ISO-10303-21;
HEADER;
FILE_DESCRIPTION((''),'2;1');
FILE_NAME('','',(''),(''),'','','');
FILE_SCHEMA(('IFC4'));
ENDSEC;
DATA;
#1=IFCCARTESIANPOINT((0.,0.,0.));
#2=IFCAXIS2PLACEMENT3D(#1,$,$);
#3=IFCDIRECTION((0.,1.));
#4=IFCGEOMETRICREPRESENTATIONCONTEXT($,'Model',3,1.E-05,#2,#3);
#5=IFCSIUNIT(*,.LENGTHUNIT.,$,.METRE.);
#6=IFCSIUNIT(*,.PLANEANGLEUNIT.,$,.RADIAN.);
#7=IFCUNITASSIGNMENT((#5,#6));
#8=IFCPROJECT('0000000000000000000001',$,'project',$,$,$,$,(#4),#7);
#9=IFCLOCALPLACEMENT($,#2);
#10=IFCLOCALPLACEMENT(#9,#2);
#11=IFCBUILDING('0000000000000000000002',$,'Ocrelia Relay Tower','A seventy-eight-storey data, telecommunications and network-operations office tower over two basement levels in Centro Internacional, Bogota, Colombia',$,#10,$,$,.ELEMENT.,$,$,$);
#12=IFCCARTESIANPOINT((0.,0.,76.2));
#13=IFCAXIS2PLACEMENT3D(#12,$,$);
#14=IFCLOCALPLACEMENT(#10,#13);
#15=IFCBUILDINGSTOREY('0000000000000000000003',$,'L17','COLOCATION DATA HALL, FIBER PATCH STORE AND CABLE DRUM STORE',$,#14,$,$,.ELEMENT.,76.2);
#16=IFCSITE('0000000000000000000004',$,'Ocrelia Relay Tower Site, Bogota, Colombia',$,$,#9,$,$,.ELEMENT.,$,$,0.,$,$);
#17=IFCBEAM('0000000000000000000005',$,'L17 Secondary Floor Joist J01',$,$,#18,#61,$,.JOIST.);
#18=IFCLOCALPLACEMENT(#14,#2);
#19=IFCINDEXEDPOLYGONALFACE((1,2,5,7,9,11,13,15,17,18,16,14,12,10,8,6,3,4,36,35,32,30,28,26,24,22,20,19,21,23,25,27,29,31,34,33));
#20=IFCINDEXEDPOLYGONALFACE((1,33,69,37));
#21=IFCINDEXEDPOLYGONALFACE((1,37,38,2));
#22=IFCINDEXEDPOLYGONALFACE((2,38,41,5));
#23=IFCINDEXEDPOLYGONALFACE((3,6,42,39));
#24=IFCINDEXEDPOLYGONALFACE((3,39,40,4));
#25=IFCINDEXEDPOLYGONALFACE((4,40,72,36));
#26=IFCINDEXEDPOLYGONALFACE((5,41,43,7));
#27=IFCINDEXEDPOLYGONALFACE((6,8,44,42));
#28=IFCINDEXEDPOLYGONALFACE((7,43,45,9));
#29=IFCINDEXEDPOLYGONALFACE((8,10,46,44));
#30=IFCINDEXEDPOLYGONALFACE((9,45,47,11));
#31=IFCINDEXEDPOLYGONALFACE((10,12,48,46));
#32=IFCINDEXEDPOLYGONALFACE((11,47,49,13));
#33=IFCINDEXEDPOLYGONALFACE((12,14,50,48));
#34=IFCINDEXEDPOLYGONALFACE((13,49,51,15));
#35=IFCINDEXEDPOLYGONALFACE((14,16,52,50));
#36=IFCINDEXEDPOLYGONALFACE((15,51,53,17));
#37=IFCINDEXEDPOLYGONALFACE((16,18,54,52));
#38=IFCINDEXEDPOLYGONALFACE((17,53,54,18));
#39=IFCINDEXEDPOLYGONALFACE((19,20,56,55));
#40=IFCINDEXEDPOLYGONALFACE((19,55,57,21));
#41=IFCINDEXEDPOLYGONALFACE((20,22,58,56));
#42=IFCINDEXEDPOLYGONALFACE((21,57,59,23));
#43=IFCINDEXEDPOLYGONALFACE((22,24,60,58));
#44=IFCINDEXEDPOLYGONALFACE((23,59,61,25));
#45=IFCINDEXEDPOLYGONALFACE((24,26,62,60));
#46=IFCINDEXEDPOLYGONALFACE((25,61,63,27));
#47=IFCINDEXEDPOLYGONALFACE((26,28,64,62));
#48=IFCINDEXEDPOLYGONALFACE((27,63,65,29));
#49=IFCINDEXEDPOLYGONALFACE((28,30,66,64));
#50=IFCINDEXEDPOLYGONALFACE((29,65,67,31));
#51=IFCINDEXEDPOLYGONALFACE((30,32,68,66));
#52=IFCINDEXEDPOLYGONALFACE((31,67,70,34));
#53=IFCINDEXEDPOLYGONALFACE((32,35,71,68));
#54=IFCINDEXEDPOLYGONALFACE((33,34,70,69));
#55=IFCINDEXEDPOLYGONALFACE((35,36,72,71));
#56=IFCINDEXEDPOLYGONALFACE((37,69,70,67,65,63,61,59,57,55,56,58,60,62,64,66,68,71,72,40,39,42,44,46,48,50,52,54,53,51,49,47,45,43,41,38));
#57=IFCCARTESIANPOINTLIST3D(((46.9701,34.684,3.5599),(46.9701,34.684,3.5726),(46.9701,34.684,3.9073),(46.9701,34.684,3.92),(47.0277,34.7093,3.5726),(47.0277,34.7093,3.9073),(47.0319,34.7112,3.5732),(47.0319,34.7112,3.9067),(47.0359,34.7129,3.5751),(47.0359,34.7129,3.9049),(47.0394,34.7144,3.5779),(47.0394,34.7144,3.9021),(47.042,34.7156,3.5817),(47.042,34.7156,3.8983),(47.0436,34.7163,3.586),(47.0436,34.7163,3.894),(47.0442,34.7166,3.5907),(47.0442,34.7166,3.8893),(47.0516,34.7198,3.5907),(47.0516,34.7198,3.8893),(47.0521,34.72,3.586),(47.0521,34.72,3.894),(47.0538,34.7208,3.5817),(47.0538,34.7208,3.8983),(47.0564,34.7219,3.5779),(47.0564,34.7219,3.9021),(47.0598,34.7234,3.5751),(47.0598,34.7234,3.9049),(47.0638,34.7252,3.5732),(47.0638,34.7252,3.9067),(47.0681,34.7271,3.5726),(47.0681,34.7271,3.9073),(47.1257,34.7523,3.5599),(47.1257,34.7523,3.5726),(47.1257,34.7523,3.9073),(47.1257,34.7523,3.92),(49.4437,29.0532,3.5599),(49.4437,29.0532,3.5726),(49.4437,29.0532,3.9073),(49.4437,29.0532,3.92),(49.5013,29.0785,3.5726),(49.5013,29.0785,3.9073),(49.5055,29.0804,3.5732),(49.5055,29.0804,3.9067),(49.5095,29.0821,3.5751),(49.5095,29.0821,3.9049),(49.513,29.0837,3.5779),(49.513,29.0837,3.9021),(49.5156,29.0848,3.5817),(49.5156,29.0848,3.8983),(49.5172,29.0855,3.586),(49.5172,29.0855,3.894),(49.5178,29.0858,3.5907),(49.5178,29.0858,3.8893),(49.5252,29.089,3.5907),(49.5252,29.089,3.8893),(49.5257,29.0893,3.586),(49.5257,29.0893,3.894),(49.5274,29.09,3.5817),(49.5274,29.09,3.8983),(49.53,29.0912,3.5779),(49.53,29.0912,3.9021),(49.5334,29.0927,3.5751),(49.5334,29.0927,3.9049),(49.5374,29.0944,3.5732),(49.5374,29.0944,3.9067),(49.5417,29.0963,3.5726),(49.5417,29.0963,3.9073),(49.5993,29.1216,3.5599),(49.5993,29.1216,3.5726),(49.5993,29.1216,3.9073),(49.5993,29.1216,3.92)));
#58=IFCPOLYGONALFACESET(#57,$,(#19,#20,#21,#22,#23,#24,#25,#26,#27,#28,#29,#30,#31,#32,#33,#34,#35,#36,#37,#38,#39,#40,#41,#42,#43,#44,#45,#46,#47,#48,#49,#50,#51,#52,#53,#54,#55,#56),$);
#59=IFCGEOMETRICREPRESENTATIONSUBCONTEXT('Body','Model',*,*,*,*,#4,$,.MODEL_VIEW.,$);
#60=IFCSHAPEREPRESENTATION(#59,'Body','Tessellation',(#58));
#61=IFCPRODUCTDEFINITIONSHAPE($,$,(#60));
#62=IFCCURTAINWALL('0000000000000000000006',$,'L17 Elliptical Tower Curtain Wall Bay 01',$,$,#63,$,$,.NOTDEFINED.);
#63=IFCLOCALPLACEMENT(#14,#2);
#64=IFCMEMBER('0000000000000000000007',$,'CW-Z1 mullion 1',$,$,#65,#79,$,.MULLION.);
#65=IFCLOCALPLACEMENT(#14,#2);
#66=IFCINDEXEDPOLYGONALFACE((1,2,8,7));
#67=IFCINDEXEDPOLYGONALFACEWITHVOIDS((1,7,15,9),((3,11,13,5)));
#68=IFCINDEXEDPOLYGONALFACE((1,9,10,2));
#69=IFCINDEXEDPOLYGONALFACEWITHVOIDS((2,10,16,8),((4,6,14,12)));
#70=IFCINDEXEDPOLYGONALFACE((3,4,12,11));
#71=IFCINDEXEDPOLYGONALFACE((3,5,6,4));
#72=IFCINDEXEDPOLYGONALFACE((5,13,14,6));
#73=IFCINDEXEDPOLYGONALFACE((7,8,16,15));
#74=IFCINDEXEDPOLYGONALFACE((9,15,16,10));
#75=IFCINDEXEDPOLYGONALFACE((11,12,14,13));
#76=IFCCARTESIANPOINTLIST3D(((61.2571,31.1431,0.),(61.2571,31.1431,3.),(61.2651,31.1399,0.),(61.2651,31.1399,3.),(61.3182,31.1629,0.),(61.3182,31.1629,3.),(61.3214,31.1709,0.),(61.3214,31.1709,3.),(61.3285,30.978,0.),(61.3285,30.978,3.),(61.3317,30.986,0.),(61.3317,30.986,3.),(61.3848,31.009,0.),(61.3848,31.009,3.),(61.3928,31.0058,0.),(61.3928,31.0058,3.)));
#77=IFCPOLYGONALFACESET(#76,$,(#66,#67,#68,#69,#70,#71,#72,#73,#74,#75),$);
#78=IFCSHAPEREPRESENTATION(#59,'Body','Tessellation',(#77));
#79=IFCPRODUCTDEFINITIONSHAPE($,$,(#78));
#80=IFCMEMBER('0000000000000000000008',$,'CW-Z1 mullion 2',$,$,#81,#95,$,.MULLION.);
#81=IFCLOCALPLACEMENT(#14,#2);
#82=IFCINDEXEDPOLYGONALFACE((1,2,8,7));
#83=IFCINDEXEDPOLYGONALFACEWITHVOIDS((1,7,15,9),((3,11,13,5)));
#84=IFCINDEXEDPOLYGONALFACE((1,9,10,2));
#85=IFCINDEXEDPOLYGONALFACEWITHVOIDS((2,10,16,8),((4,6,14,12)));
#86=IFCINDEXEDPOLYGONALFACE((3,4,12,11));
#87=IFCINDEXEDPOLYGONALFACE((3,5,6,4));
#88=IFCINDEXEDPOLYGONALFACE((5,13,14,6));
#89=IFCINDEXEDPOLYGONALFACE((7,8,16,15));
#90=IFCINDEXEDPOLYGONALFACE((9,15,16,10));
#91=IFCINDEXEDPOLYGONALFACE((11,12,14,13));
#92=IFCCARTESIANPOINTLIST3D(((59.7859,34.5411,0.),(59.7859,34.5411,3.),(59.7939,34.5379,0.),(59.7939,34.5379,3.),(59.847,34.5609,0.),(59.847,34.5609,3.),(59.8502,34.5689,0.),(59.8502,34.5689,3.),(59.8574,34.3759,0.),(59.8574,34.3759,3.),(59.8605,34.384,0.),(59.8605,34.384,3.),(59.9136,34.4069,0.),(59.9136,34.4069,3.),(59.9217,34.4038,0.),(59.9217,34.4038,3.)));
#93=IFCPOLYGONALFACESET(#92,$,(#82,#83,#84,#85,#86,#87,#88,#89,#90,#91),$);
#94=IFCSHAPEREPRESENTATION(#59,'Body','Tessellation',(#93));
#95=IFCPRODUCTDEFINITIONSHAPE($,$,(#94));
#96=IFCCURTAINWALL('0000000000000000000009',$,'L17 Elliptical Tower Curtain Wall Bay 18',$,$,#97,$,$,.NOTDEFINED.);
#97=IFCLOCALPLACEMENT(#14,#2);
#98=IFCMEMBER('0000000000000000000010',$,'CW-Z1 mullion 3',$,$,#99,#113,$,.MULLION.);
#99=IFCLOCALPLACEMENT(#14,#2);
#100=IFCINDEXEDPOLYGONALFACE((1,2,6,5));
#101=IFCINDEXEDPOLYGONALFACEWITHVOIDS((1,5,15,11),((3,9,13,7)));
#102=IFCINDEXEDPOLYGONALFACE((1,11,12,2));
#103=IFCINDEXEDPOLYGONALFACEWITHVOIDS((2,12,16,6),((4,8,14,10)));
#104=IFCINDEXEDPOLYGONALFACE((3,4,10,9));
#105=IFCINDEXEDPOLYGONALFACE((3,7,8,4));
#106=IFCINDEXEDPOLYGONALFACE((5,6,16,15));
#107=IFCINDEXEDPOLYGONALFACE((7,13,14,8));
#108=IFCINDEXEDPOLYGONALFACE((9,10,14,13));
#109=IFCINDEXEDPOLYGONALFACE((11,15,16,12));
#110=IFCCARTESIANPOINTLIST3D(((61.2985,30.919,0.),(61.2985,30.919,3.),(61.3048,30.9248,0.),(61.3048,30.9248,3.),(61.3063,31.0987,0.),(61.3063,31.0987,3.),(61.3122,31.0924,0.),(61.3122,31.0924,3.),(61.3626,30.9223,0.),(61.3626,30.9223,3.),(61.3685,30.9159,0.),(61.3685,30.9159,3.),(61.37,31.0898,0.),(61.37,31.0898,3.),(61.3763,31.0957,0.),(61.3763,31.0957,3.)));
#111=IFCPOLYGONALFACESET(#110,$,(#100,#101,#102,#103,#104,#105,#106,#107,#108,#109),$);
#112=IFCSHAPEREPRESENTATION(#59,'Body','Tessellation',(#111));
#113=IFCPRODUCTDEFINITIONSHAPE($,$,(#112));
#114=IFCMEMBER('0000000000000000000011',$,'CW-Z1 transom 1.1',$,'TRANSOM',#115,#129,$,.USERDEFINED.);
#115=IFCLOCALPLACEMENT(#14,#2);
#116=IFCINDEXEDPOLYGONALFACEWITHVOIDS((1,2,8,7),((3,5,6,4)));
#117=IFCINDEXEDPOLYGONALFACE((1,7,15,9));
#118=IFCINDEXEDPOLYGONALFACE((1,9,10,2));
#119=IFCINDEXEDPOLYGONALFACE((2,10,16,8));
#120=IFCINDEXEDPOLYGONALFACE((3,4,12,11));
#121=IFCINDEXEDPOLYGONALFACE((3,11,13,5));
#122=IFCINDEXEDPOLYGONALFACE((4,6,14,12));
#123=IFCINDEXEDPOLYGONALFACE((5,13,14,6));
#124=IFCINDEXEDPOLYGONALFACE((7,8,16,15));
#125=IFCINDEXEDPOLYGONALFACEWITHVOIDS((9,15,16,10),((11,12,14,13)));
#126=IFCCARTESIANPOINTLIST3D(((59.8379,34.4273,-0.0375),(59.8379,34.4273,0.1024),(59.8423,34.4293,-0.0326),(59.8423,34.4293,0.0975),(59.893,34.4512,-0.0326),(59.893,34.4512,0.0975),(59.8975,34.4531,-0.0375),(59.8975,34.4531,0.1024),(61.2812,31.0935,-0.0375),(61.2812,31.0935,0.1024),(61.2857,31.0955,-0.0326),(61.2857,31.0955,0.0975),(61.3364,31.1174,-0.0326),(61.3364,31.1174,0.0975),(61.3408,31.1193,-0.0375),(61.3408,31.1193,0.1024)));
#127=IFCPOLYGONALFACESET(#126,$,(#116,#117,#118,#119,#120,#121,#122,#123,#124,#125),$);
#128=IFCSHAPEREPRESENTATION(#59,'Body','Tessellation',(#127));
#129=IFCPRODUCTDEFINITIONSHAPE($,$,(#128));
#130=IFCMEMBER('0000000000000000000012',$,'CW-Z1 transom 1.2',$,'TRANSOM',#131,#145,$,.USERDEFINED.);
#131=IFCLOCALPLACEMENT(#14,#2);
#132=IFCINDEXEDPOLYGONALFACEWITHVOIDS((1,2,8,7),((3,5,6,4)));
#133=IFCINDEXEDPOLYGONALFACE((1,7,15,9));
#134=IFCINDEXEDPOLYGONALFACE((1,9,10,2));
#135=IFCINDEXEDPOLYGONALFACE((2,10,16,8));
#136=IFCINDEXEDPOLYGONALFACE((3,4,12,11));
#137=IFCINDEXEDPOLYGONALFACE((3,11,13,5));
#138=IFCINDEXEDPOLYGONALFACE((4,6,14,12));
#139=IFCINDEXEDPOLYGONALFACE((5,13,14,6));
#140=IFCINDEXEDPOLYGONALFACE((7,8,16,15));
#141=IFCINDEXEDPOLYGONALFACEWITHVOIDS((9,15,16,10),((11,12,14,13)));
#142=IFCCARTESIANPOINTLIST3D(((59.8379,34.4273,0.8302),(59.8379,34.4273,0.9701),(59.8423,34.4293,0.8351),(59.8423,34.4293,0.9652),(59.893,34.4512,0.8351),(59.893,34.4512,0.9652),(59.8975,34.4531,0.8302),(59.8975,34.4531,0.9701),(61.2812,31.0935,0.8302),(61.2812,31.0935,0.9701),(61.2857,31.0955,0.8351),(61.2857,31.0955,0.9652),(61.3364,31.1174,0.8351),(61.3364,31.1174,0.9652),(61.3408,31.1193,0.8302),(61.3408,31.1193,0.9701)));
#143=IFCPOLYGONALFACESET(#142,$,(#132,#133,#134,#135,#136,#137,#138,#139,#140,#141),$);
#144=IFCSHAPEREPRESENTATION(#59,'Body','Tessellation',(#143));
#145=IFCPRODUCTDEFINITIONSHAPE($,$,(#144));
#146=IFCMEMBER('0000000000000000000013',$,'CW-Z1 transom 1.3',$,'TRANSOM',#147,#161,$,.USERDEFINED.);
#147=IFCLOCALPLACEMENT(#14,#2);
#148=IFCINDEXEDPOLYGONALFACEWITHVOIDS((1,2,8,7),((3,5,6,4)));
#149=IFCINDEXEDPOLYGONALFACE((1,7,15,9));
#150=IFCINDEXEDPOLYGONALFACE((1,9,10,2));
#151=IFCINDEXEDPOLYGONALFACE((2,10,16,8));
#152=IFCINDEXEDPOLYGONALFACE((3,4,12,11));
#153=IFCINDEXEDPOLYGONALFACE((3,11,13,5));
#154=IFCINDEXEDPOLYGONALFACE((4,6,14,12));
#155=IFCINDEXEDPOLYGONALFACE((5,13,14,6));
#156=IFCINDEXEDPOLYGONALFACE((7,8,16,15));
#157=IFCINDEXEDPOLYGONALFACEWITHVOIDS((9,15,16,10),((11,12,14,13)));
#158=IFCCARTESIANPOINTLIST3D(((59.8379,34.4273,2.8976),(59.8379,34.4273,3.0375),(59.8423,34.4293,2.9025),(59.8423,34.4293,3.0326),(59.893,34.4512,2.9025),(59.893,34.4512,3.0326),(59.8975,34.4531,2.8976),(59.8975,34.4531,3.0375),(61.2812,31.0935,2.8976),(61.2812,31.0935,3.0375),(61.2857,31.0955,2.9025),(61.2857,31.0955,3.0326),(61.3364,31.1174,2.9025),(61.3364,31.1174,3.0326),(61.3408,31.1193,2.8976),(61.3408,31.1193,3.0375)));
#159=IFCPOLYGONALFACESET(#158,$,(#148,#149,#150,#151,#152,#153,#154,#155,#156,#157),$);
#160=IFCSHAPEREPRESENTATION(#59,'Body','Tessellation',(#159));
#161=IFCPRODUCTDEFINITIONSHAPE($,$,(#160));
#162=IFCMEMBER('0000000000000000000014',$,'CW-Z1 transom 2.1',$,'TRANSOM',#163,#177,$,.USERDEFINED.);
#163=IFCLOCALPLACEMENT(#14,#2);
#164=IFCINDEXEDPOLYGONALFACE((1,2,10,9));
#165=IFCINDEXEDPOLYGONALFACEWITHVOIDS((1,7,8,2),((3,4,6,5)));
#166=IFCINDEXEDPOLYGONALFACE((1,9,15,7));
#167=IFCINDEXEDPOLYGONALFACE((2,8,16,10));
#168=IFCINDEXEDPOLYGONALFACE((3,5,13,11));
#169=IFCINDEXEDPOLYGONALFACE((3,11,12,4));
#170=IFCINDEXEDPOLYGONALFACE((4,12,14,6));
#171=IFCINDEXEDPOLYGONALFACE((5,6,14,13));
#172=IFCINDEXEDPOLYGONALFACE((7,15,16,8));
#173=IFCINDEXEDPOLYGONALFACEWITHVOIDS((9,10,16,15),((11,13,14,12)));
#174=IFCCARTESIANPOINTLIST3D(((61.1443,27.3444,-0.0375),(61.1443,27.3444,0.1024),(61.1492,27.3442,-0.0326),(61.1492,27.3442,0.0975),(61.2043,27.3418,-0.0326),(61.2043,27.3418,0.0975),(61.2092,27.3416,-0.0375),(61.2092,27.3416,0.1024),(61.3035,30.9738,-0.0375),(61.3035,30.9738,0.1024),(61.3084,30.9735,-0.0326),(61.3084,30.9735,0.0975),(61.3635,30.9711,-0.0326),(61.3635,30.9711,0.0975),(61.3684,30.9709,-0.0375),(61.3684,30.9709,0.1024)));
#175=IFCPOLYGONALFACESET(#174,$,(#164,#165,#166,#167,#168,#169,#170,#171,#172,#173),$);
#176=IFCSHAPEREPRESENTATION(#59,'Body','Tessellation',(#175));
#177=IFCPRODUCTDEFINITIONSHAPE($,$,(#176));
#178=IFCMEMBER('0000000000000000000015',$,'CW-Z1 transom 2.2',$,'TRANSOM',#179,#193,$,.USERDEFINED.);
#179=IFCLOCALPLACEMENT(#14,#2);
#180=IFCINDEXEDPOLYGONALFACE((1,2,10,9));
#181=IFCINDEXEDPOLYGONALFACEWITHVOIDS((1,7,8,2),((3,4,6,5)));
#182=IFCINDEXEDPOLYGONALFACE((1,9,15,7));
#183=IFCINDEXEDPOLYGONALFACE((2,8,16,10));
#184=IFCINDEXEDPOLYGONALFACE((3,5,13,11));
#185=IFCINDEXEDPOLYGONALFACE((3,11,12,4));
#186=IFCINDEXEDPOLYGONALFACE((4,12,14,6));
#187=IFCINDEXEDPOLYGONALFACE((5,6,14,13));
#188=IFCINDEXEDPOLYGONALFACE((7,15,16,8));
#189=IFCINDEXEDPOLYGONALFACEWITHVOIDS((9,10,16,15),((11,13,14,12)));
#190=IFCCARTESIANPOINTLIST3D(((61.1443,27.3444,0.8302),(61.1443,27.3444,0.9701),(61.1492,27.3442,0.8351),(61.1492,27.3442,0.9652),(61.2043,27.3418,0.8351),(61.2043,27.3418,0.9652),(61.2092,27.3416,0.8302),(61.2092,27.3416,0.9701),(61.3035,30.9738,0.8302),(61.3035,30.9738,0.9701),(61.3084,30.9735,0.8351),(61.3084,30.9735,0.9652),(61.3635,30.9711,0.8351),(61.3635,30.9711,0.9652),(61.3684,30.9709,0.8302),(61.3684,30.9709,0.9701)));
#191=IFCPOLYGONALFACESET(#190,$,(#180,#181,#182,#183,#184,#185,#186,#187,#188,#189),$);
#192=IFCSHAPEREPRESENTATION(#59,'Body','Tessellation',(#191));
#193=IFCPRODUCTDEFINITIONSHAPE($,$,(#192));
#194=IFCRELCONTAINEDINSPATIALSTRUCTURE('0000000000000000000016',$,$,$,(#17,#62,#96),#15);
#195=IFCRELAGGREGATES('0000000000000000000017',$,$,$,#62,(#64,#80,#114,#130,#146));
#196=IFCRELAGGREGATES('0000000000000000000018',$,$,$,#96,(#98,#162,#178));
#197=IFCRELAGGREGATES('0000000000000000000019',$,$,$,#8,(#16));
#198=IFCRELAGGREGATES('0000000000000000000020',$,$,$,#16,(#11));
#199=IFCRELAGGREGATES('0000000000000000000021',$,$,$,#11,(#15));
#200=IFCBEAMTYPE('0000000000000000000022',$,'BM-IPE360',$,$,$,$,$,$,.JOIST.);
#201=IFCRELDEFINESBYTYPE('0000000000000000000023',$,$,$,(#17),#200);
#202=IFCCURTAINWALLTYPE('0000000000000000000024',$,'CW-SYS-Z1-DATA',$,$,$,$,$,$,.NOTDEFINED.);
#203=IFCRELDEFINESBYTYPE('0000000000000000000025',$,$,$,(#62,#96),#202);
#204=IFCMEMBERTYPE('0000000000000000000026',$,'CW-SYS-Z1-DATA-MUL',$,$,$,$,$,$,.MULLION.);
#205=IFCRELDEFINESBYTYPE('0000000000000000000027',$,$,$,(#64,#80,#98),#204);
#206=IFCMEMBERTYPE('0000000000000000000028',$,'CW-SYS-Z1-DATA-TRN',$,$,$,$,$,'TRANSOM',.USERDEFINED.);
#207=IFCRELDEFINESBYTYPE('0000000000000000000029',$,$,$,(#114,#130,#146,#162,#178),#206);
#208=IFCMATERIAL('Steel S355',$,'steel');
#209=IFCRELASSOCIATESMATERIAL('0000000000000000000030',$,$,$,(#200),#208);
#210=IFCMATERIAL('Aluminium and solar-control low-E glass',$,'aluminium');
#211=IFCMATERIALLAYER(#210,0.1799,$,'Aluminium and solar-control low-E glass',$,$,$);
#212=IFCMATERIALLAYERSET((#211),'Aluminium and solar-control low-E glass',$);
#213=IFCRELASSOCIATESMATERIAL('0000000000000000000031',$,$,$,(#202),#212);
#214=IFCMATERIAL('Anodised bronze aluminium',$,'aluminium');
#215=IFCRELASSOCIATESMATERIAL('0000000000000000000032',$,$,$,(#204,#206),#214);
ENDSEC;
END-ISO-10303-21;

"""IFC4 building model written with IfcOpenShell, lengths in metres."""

from ifc_helpers import new_model, si_unit, direction, frame, origin, origin_2d, place, context, subcontext, project, spatial, hollow_rectangle, i_section, extrude, material, layer, layer_set, material_profile, profile_set, type_object, element, aggregate, save


model = new_model("IFC4")

# Units and contexts
model_context = context("Model", 3, precision=1e-05, world=origin(), true_north=direction((0.0, 1.0)))
body_context = subcontext(model_context, "Body", "Model", "MODEL_VIEW")
ifc_project = project(units=[si_unit("LENGTHUNIT", "METRE"), si_unit("PLANEANGLEUNIT", "RADIAN")], contexts=[model_context])

# Site, building, storey
site_placement = place(None, origin())
site = spatial("IfcSite", under=ifc_project, at=site_placement, Name="Ocrelia Relay Tower Site, Bogota, Colombia", CompositionType="ELEMENT", RefElevation=0.0)
building_placement = place(site_placement, origin())
building = spatial("IfcBuilding", under=site, at=building_placement, Name="Ocrelia Relay Tower", Description="A seventy-eight-storey data, telecommunications and network-operations office tower over two basement levels in Centro Internacional, Bogota, Colombia", CompositionType="ELEMENT")
storey_placement = place(building_placement, frame((0.0, 0.0, 76.2)))
storey = spatial("IfcBuildingStorey", under=building, at=storey_placement, Name="L17", Description="COLOCATION DATA HALL, FIBER PATCH STORE AND CABLE DRUM STORE", CompositionType="ELEMENT", Elevation=76.2)

# Beam
ifc_material_1 = material(Name="Steel S355", Category="steel")
ifc_material_profile_1 = material_profile(ifc_material_1, i_section(OverallWidth=0.1699, OverallDepth=0.3601, WebThickness=0.0081, FlangeThickness=0.0127, FilletRadius=0.0181, at=origin_2d()), Name="IPE 360")
ifc_profile_set_1 = profile_set([ifc_material_profile_1], Name="Steel S355")
beam_type_1 = type_object("IfcBeamType", Name="BM-IPE360", PredefinedType="JOIST", material=ifc_profile_set_1)
beam_1_placement = place(storey_placement, frame((49.5215, 29.0874, 3.74), z_axis=(-0.402201, 0.915551, 0.0), x_axis=(-0.915551, -0.402201, 0.0)))
element("IfcBeam", 1, at=beam_1_placement, inside=storey, type_object=beam_type_1, Name="L17 Secondary Floor Joist J01", PredefinedType="JOIST", context=body_context, shape_type="SweptSolid", body=[
    extrude(i_section(OverallWidth=0.1699, OverallDepth=0.3601, WebThickness=0.0081, FlangeThickness=0.0127, FilletRadius=0.0181, at=origin_2d()), origin(), (0.0, 0.0, 1.0), 6.1501),
])

# Curtain wall, members
ifc_material_2 = material(Name="Aluminium and solar-control low-E glass", Category="aluminium")
ifc_layer_1 = layer(ifc_material_2, 0.1799, Name="Aluminium and solar-control low-E glass")
ifc_layer_set_1 = layer_set([ifc_layer_1], Name="Aluminium and solar-control low-E glass")
curtain_wall_type = type_object("IfcCurtainWallType", Name="CW-SYS-Z1-DATA", PredefinedType="NOTDEFINED", material=ifc_layer_set_1)
curtain_wall_1_placement = place(storey_placement, origin())
curtain_wall_1 = element("IfcCurtainWall", 2, at=curtain_wall_1_placement, inside=storey, type_object=curtain_wall_type, Name="L17 Elliptical Tower Curtain Wall Bay 01", PredefinedType="NOTDEFINED")
ifc_material_3 = material(Name="Anodised bronze aluminium", Category="aluminium")
ifc_material_profile_2 = material_profile(ifc_material_3, hollow_rectangle(XDim=0.0701, YDim=0.1799, WallThickness=0.0061, at=origin_2d()), Name="CW-MUL-180x70")
ifc_profile_set_2 = profile_set([ifc_material_profile_2], Name="Anodised bronze aluminium")
member_type_1 = type_object("IfcMemberType", Name="CW-SYS-Z1-DATA-MUL", PredefinedType="MULLION", material=ifc_profile_set_2)
member_1_placement = place(storey_placement, frame((61.325, 31.0745, 0.0), z_axis=(0.0, 0.0, 1.0), x_axis=(-0.917683, -0.397313, 0.0)))
member_1 = element("IfcMember", 3, at=member_1_placement, type_object=member_type_1, Name="CW-Z1 mullion 1", PredefinedType="MULLION", context=body_context, shape_type="SweptSolid", body=[
    extrude(hollow_rectangle(XDim=0.0701, YDim=0.1799, WallThickness=0.0061, at=origin_2d()), origin(), (0.0, 0.0, 1.0), 3.0),
])
member_2_placement = place(storey_placement, frame((59.8538, 34.4724, 0.0), z_axis=(0.0, 0.0, 1.0), x_axis=(-0.917683, -0.397313, 0.0)))
member_2 = element("IfcMember", 4, at=member_2_placement, type_object=member_type_1, Name="CW-Z1 mullion 2", PredefinedType="MULLION", context=body_context, shape_type="SweptSolid", body=[
    extrude(hollow_rectangle(XDim=0.0701, YDim=0.1799, WallThickness=0.0061, at=origin_2d()), origin(), (0.0, 0.0, 1.0), 3.0),
])

# Curtain wall, member
curtain_wall_2_placement = place(storey_placement, origin())
curtain_wall_2 = element("IfcCurtainWall", 5, at=curtain_wall_2_placement, inside=storey, type_object=curtain_wall_type, Name="L17 Elliptical Tower Curtain Wall Bay 18", PredefinedType="NOTDEFINED")
member_3_placement = place(storey_placement, frame((61.3374, 31.0073, 0.0), z_axis=(0.0, 0.0, 1.0), x_axis=(-0.99904, 0.043797, 0.0)))
member_3 = element("IfcMember", 6, at=member_3_placement, type_object=member_type_1, Name="CW-Z1 mullion 3", PredefinedType="MULLION", context=body_context, shape_type="SweptSolid", body=[
    extrude(hollow_rectangle(XDim=0.0701, YDim=0.1799, WallThickness=0.0061, at=origin_2d()), origin(), (0.0, 0.0, 1.0), 3.0),
])

# Members
ifc_material_profile_3 = material_profile(ifc_material_3, hollow_rectangle(XDim=0.0649, YDim=0.1399, WallThickness=0.0049, at=origin_2d()), Name="CW-TRN-140x65")
ifc_profile_set_3 = profile_set([ifc_material_profile_3], Name="Anodised bronze aluminium")
member_type_2 = type_object("IfcMemberType", Name="CW-SYS-Z1-DATA-TRN", ElementType="TRANSOM", PredefinedType="USERDEFINED", material=ifc_profile_set_3)
member_4_placement = place(storey_placement, frame((61.311, 31.1064, 0.0325), z_axis=(-0.397315, 0.917682, 0.0), x_axis=(-0.917682, -0.397315, 0.0)))
member_4 = element("IfcMember", 7, at=member_4_placement, type_object=member_type_2, Name="CW-Z1 transom 1.1", ObjectType="TRANSOM", PredefinedType="USERDEFINED", context=body_context, shape_type="SweptSolid", body=[
    extrude(hollow_rectangle(XDim=0.0649, YDim=0.1399, WallThickness=0.0049, at=origin_2d()), origin(), (0.0, 0.0, 1.0), 3.6328),
])
member_5_placement = place(storey_placement, frame((61.311, 31.1064, 0.9001), z_axis=(-0.397315, 0.917682, 0.0), x_axis=(-0.917682, -0.397315, 0.0)))
member_5 = element("IfcMember", 8, at=member_5_placement, type_object=member_type_2, Name="CW-Z1 transom 1.2", ObjectType="TRANSOM", PredefinedType="USERDEFINED", context=body_context, shape_type="SweptSolid", body=[
    extrude(hollow_rectangle(XDim=0.0649, YDim=0.1399, WallThickness=0.0049, at=origin_2d()), origin(), (0.0, 0.0, 1.0), 3.6328),
])
member_6_placement = place(storey_placement, frame((61.311, 31.1064, 2.9675), z_axis=(-0.397315, 0.917682, 0.0), x_axis=(-0.917682, -0.397315, 0.0)))
member_6 = element("IfcMember", 9, at=member_6_placement, type_object=member_type_2, Name="CW-Z1 transom 1.3", ObjectType="TRANSOM", PredefinedType="USERDEFINED", context=body_context, shape_type="SweptSolid", body=[
    extrude(hollow_rectangle(XDim=0.0649, YDim=0.1399, WallThickness=0.0049, at=origin_2d()), origin(), (0.0, 0.0, 1.0), 3.6328),
])
member_7_placement = place(storey_placement, frame((61.1768, 27.343, 0.0325), z_axis=(0.043816, 0.99904, 0.0), x_axis=(-0.99904, 0.043816, 0.0)))
member_7 = element("IfcMember", 10, at=member_7_placement, type_object=member_type_2, Name="CW-Z1 transom 2.1", ObjectType="TRANSOM", PredefinedType="USERDEFINED", context=body_context, shape_type="SweptSolid", body=[
    extrude(hollow_rectangle(XDim=0.0649, YDim=0.1399, WallThickness=0.0049, at=origin_2d()), origin(), (0.0, 0.0, 1.0), 3.6328),
])
member_8_placement = place(storey_placement, frame((61.1768, 27.343, 0.9001), z_axis=(0.043816, 0.99904, 0.0), x_axis=(-0.99904, 0.043816, 0.0)))
member_8 = element("IfcMember", 11, at=member_8_placement, type_object=member_type_2, Name="CW-Z1 transom 2.2", ObjectType="TRANSOM", PredefinedType="USERDEFINED", context=body_context, shape_type="SweptSolid", body=[
    extrude(hollow_rectangle(XDim=0.0649, YDim=0.1399, WallThickness=0.0049, at=origin_2d()), origin(), (0.0, 0.0, 1.0), 3.6328),
])

aggregate(curtain_wall_1, [member_1, member_2, member_4, member_5, member_6])
aggregate(curtain_wall_2, [member_3, member_7, member_8])

save(model, "model.ifc")
